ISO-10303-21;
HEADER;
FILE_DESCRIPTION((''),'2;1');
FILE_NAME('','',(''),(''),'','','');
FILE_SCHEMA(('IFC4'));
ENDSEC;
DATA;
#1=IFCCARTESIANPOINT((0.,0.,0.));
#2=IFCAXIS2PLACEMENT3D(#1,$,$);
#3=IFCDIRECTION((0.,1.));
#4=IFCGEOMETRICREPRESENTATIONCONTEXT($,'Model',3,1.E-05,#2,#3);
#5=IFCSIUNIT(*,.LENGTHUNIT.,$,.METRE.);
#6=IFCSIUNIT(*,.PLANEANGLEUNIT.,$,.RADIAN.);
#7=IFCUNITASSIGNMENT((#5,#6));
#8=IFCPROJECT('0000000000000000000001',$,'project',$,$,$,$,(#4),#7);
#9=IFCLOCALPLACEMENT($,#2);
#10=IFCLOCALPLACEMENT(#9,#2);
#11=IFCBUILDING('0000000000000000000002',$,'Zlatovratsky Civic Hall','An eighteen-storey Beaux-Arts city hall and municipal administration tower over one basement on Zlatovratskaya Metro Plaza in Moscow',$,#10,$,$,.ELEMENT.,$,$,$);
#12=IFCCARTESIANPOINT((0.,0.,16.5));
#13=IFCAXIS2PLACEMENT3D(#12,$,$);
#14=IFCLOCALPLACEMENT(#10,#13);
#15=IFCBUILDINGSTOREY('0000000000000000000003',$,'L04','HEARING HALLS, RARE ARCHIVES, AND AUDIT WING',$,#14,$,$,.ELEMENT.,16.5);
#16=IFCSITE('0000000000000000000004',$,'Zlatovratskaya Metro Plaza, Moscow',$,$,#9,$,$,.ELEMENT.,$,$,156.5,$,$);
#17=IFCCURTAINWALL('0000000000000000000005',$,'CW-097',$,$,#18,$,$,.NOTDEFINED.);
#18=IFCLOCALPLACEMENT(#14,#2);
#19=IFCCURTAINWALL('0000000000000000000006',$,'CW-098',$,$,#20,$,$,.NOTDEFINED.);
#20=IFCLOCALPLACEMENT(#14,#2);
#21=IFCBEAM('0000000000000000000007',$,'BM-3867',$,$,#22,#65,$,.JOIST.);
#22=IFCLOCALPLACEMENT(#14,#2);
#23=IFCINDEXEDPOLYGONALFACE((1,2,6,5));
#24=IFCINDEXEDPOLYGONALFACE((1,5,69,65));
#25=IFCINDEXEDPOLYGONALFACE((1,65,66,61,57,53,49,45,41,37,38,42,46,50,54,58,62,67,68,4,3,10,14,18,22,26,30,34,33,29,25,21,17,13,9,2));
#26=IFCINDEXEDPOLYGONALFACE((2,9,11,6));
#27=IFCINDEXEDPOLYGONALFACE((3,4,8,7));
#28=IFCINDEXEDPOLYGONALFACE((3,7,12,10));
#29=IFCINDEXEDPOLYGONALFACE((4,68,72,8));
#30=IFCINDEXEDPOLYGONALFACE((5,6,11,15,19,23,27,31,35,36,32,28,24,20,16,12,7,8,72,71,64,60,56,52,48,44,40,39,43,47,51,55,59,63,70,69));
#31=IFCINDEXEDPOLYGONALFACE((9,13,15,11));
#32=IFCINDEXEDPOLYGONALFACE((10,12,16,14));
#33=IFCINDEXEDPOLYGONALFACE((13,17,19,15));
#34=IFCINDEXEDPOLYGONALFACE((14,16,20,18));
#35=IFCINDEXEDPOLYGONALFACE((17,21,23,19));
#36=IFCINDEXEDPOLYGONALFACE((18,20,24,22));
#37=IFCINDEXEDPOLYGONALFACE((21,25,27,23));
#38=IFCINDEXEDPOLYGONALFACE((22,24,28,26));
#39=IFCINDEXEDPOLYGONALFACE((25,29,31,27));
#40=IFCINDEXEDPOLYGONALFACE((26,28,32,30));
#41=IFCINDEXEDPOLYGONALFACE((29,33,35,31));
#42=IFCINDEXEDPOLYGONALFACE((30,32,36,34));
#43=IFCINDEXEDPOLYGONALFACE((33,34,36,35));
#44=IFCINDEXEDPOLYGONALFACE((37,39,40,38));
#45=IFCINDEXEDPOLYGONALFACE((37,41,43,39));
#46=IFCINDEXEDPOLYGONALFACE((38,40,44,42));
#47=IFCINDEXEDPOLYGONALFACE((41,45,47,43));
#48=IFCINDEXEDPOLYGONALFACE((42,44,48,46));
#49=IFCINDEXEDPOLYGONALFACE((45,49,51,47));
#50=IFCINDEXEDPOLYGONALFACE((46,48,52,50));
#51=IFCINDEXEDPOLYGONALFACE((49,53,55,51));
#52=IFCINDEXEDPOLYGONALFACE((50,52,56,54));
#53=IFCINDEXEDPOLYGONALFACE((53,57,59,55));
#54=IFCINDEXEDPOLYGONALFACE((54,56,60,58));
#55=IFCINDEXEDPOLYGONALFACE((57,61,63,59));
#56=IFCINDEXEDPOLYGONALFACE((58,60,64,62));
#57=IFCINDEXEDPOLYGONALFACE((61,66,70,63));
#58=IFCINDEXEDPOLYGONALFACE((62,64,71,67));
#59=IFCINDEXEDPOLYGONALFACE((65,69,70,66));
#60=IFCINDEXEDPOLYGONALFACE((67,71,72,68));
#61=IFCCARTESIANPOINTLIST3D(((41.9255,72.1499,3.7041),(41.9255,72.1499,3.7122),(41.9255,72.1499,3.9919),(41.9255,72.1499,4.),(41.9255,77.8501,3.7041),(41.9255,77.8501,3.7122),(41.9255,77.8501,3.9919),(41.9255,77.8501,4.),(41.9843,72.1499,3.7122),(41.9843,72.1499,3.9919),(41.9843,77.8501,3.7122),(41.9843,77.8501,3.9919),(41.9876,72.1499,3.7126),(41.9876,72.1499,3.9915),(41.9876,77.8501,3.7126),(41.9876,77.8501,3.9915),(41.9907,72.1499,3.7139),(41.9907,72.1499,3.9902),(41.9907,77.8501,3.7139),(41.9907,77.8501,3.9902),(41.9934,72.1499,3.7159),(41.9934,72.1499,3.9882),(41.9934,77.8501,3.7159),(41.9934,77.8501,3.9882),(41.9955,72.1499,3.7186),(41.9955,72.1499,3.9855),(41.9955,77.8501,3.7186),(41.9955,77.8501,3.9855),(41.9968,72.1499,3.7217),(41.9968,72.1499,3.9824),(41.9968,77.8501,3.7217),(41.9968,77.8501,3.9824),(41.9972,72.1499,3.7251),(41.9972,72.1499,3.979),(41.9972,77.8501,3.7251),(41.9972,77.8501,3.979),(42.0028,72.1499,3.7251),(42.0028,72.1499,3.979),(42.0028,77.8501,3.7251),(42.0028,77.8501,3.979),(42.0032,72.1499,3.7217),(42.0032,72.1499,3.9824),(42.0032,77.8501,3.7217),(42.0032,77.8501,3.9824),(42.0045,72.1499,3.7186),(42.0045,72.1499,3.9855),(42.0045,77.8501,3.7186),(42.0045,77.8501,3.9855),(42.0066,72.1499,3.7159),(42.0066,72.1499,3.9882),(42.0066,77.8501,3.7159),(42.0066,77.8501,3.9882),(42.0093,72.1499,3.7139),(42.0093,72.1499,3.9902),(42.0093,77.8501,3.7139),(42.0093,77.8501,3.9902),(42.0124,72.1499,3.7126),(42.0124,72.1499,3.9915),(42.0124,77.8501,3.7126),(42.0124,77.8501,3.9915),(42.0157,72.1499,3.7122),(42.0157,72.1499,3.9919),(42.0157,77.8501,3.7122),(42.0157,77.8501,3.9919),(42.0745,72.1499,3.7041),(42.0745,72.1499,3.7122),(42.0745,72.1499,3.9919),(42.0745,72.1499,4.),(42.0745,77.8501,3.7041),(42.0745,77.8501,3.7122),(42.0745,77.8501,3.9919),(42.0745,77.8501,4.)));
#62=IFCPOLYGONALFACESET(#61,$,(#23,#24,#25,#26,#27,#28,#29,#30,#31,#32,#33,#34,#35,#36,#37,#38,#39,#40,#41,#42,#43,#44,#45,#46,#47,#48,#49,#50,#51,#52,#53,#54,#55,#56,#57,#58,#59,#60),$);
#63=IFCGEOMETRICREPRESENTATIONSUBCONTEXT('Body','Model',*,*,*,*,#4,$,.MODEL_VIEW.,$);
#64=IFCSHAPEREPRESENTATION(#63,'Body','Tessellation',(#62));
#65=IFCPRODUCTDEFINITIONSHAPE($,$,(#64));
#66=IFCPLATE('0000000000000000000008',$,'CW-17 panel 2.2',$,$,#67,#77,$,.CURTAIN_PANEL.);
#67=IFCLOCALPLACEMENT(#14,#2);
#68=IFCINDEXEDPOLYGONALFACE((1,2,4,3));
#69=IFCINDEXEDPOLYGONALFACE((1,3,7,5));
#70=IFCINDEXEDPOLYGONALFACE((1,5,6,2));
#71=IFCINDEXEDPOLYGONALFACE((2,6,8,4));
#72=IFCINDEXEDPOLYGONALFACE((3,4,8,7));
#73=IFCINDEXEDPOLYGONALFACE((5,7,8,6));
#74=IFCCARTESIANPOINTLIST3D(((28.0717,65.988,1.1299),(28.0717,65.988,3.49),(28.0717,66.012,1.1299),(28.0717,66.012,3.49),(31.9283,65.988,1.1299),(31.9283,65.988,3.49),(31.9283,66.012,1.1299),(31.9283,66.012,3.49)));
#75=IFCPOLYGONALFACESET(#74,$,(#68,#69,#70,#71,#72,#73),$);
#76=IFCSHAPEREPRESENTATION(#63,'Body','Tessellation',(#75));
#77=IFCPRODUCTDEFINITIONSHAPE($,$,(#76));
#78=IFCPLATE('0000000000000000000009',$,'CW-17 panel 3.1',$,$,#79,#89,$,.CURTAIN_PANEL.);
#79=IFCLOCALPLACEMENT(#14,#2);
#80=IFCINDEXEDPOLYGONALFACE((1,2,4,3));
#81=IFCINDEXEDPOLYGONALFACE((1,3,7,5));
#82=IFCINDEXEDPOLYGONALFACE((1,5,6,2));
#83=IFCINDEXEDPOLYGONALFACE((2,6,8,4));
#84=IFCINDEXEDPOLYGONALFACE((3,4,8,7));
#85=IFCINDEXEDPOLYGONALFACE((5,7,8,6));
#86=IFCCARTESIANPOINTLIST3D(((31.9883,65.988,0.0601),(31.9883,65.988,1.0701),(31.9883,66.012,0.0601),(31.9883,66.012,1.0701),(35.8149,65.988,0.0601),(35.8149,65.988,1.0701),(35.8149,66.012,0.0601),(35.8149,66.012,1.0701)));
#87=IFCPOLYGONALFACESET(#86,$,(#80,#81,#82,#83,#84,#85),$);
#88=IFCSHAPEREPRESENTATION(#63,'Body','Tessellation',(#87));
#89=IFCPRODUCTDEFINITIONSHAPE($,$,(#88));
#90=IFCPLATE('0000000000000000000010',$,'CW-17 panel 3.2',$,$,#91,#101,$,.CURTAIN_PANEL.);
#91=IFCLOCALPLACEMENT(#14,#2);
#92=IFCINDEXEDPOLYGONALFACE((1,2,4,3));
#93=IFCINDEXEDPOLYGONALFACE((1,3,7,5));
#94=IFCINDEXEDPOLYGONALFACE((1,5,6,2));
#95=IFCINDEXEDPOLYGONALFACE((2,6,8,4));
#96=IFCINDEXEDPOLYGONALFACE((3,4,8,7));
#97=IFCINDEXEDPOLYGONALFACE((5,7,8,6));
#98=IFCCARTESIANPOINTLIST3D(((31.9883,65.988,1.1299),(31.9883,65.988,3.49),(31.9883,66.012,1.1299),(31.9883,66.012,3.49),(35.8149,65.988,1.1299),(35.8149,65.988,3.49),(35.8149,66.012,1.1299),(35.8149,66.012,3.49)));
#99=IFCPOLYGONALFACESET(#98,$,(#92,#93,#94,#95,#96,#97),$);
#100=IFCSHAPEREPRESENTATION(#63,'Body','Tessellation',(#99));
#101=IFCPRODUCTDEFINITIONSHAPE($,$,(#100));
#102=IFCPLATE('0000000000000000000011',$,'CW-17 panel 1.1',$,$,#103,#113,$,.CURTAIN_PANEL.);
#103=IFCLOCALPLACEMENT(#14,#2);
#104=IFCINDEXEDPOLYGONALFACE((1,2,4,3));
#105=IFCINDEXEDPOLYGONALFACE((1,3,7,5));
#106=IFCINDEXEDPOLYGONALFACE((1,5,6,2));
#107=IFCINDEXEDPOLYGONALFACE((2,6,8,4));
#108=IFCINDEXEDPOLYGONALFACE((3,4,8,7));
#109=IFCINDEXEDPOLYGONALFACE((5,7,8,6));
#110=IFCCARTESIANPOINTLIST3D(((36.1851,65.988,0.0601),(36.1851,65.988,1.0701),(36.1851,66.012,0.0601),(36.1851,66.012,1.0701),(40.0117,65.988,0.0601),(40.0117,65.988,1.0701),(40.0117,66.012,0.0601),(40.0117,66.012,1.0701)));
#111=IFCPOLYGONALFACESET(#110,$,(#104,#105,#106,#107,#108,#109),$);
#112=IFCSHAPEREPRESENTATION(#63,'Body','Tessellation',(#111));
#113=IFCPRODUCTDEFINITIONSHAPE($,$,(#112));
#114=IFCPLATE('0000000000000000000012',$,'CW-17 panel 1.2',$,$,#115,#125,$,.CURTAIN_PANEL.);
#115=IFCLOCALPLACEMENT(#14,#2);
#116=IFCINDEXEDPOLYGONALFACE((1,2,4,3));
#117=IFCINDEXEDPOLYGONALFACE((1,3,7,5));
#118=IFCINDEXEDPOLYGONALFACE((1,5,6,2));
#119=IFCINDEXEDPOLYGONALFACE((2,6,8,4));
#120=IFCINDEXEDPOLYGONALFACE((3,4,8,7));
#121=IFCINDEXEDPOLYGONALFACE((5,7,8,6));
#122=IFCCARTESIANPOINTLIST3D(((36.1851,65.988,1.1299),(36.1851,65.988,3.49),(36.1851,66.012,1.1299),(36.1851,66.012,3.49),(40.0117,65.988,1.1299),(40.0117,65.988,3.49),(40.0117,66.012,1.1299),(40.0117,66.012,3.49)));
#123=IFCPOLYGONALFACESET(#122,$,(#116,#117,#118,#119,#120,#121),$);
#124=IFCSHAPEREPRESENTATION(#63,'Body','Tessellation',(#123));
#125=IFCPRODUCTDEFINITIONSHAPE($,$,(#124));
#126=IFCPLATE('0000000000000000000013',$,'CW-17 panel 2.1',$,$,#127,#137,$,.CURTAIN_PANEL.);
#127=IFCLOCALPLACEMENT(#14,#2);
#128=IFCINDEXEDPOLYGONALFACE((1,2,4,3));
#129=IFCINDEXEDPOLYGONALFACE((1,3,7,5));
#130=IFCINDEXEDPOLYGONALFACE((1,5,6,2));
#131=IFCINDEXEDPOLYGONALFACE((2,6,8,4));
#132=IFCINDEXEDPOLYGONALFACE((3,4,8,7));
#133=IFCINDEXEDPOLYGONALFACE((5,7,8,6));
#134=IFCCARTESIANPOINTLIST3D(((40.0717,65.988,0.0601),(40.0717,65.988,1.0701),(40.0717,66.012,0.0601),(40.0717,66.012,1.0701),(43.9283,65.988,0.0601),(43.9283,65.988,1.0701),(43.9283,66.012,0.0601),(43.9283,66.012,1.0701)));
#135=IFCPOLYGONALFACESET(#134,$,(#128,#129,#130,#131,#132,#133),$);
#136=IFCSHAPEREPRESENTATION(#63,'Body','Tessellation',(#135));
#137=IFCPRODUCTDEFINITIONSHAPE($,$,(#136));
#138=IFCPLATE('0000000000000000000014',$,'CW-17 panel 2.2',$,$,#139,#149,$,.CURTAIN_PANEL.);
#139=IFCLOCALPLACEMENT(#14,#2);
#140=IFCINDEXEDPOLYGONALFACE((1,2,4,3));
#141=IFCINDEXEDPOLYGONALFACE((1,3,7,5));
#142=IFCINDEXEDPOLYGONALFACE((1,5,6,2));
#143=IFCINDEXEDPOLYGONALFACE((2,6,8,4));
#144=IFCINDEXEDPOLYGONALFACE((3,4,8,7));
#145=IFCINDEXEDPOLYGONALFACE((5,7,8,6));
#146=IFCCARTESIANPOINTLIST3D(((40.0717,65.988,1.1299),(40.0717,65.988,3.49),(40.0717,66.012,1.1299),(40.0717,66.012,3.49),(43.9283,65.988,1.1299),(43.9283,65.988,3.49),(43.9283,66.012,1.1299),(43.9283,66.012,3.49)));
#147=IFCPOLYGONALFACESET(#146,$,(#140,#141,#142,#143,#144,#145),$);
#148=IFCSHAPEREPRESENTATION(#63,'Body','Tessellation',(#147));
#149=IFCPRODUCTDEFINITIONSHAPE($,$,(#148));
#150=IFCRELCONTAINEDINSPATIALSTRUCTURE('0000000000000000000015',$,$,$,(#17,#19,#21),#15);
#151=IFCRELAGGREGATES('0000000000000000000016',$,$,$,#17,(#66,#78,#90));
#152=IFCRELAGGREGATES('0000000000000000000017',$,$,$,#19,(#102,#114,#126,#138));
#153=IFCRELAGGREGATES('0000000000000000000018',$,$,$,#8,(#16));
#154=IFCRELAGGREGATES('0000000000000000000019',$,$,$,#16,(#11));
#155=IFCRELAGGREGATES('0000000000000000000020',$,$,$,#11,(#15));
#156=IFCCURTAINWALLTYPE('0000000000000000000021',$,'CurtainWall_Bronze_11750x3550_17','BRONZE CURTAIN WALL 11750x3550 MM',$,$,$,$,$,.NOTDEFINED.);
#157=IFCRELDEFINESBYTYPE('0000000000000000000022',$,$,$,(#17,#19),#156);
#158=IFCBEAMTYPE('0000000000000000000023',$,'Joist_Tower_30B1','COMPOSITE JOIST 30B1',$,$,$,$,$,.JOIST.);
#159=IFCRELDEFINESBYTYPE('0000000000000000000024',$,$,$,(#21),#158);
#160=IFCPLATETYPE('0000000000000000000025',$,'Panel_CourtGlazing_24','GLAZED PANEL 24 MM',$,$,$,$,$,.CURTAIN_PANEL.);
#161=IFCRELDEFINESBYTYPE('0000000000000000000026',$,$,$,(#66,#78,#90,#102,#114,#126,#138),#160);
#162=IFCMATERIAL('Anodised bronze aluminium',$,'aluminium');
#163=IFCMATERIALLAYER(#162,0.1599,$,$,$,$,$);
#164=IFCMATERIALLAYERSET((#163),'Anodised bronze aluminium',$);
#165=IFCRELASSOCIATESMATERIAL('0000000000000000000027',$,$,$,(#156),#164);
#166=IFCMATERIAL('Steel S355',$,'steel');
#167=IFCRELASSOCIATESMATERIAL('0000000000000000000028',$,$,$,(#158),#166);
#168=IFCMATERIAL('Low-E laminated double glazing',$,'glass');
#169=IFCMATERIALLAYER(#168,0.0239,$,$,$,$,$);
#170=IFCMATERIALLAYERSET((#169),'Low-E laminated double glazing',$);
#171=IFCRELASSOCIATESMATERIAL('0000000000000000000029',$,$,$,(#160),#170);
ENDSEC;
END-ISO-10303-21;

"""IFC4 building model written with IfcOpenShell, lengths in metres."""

from ifc_helpers import new_model, si_unit, direction, frame, origin, origin_2d, place, context, subcontext, project, spatial, rectangle, i_section, extrude, material, layer, layer_set, material_profile, profile_set, type_object, element, aggregate, save


model = new_model("IFC4")

# Units and contexts
model_context = context("Model", 3, precision=1e-05, world=origin(), true_north=direction((0.0, 1.0)))
body_context = subcontext(model_context, "Body", "Model", "MODEL_VIEW")
ifc_project = project(units=[si_unit("LENGTHUNIT", "METRE"), si_unit("PLANEANGLEUNIT", "RADIAN")], contexts=[model_context])

# Site, building, storey
site_placement = place(None, origin())
site = spatial("IfcSite", under=ifc_project, at=site_placement, Name="Zlatovratskaya Metro Plaza, Moscow", CompositionType="ELEMENT", RefElevation=156.5)
building_placement = place(site_placement, origin())
building = spatial("IfcBuilding", under=site, at=building_placement, Name="Zlatovratsky Civic Hall", Description="An eighteen-storey Beaux-Arts city hall and municipal administration tower over one basement on Zlatovratskaya Metro Plaza in Moscow", CompositionType="ELEMENT")
storey_placement = place(building_placement, frame((0.0, 0.0, 16.5)))
storey = spatial("IfcBuildingStorey", under=building, at=storey_placement, Name="L04", Description="HEARING HALLS, RARE ARCHIVES, AND AUDIT WING", CompositionType="ELEMENT", Elevation=16.5)

# Shared definitions
ifc_material_1 = material(Name="Steel S355", Category="steel")

# Curtain walls
ifc_material_2 = material(Name="Anodised bronze aluminium", Category="aluminium")
ifc_layer_1 = layer(ifc_material_2, 0.1599)
ifc_layer_set_1 = layer_set([ifc_layer_1], Name="Anodised bronze aluminium")
curtain_wall_type = type_object("IfcCurtainWallType", Name="CurtainWall_Bronze_11750x3550_17", Description="BRONZE CURTAIN WALL 11750x3550 MM", PredefinedType="NOTDEFINED", material=ifc_layer_set_1)
curtain_wall_1_placement = place(storey_placement, origin())
curtain_wall_1 = element("IfcCurtainWall", 1, at=curtain_wall_1_placement, inside=storey, type_object=curtain_wall_type, Name="CW-097", PredefinedType="NOTDEFINED")
curtain_wall_2_placement = place(storey_placement, origin())
curtain_wall_2 = element("IfcCurtainWall", 2, at=curtain_wall_2_placement, inside=storey, type_object=curtain_wall_type, Name="CW-098", PredefinedType="NOTDEFINED")

# Beam
ifc_material_profile_1 = material_profile(ifc_material_1, i_section(OverallWidth=0.1489, OverallDepth=0.2959, WebThickness=0.0056, FlangeThickness=0.0081, FilletRadius=0.0129, at=origin_2d()), Name="30B1")
ifc_profile_set_1 = profile_set([ifc_material_profile_1], Name="Steel S355")
beam_type_1 = type_object("IfcBeamType", Name="Joist_Tower_30B1", Description="COMPOSITE JOIST 30B1", PredefinedType="JOIST", material=ifc_profile_set_1)
for number, where, z_axis, x_axis, name in (
    (3, (42.0, 72.1499, 3.8521), (0.0, 1.0, 0.0), (-1.0, 0.0, 0.0), "BM-3867"),
):
    element("IfcBeam", number, at=place(storey_placement, frame(where, z_axis=z_axis, x_axis=x_axis)), inside=storey, type_object=beam_type_1, Name=name, PredefinedType="JOIST", context=body_context, shape_type="SweptSolid", body=[
        extrude(i_section(OverallWidth=0.1489, OverallDepth=0.2959, WebThickness=0.0056, FlangeThickness=0.0081, FilletRadius=0.0129, at=origin_2d()), origin(), (0.0, 0.0, 1.0), 5.7002),
    ])

# Plates
ifc_material_3 = material(Name="Low-E laminated double glazing", Category="glass")
ifc_layer_2 = layer(ifc_material_3, 0.0239)
ifc_layer_set_2 = layer_set([ifc_layer_2], Name="Low-E laminated double glazing")
plate_type = type_object("IfcPlateType", Name="Panel_CourtGlazing_24", Description="GLAZED PANEL 24 MM", PredefinedType="CURTAIN_PANEL", material=ifc_layer_set_2)
plate_1_placement = place(storey_placement, frame((30.0, 66.0, 1.1299), z_axis=(0.0, 0.0, 1.0), x_axis=(1.0, 0.0, 0.0)))
plate_1 = element("IfcPlate", 4, at=plate_1_placement, type_object=plate_type, Name="CW-17 panel 2.2", PredefinedType="CURTAIN_PANEL", context=body_context, shape_type="SweptSolid", body=[
    extrude(rectangle(XDim=3.8567, YDim=0.0239, at=origin_2d()), origin(), (0.0, 0.0, 1.0), 2.3601),
])
plate_2_placement = place(storey_placement, frame((33.9016, 66.0, 0.0601), z_axis=(0.0, 0.0, 1.0), x_axis=(1.0, 0.0, 0.0)))
plate_2 = element("IfcPlate", 5, at=plate_2_placement, type_object=plate_type, Name="CW-17 panel 3.1", PredefinedType="CURTAIN_PANEL", context=body_context, shape_type="SweptSolid", body=[
    extrude(rectangle(XDim=3.8267, YDim=0.0239, at=origin_2d()), origin(), (0.0, 0.0, 1.0), 1.01),
])
plate_3_placement = place(storey_placement, frame((33.9016, 66.0, 1.1299), z_axis=(0.0, 0.0, 1.0), x_axis=(1.0, 0.0, 0.0)))
plate_3 = element("IfcPlate", 6, at=plate_3_placement, type_object=plate_type, Name="CW-17 panel 3.2", PredefinedType="CURTAIN_PANEL", context=body_context, shape_type="SweptSolid", body=[
    extrude(rectangle(XDim=3.8267, YDim=0.0239, at=origin_2d()), origin(), (0.0, 0.0, 1.0), 2.3601),
])
aggregate(curtain_wall_1, [plate_1, plate_2, plate_3])
plate_4_placement = place(storey_placement, frame((38.0984, 66.0, 0.0601), z_axis=(0.0, 0.0, 1.0), x_axis=(1.0, 0.0, 0.0)))
plate_4 = element("IfcPlate", 7, at=plate_4_placement, type_object=plate_type, Name="CW-17 panel 1.1", PredefinedType="CURTAIN_PANEL", context=body_context, shape_type="SweptSolid", body=[
    extrude(rectangle(XDim=3.8267, YDim=0.0239, at=origin_2d()), origin(), (0.0, 0.0, 1.0), 1.01),
])
plate_5_placement = place(storey_placement, frame((38.0984, 66.0, 1.1299), z_axis=(0.0, 0.0, 1.0), x_axis=(1.0, 0.0, 0.0)))
plate_5 = element("IfcPlate", 8, at=plate_5_placement, type_object=plate_type, Name="CW-17 panel 1.2", PredefinedType="CURTAIN_PANEL", context=body_context, shape_type="SweptSolid", body=[
    extrude(rectangle(XDim=3.8267, YDim=0.0239, at=origin_2d()), origin(), (0.0, 0.0, 1.0), 2.3601),
])
plate_6_placement = place(storey_placement, frame((42.0, 66.0, 0.0601), z_axis=(0.0, 0.0, 1.0), x_axis=(1.0, 0.0, 0.0)))
plate_6 = element("IfcPlate", 9, at=plate_6_placement, type_object=plate_type, Name="CW-17 panel 2.1", PredefinedType="CURTAIN_PANEL", context=body_context, shape_type="SweptSolid", body=[
    extrude(rectangle(XDim=3.8567, YDim=0.0239, at=origin_2d()), origin(), (0.0, 0.0, 1.0), 1.01),
])
plate_7_placement = place(storey_placement, frame((42.0, 66.0, 1.1299), z_axis=(0.0, 0.0, 1.0), x_axis=(1.0, 0.0, 0.0)))
plate_7 = element("IfcPlate", 10, at=plate_7_placement, type_object=plate_type, Name="CW-17 panel 2.2", PredefinedType="CURTAIN_PANEL", context=body_context, shape_type="SweptSolid", body=[
    extrude(rectangle(XDim=3.8567, YDim=0.0239, at=origin_2d()), origin(), (0.0, 0.0, 1.0), 2.3601),
])
aggregate(curtain_wall_2, [plate_4, plate_5, plate_6, plate_7])

save(model, "model.ifc")
